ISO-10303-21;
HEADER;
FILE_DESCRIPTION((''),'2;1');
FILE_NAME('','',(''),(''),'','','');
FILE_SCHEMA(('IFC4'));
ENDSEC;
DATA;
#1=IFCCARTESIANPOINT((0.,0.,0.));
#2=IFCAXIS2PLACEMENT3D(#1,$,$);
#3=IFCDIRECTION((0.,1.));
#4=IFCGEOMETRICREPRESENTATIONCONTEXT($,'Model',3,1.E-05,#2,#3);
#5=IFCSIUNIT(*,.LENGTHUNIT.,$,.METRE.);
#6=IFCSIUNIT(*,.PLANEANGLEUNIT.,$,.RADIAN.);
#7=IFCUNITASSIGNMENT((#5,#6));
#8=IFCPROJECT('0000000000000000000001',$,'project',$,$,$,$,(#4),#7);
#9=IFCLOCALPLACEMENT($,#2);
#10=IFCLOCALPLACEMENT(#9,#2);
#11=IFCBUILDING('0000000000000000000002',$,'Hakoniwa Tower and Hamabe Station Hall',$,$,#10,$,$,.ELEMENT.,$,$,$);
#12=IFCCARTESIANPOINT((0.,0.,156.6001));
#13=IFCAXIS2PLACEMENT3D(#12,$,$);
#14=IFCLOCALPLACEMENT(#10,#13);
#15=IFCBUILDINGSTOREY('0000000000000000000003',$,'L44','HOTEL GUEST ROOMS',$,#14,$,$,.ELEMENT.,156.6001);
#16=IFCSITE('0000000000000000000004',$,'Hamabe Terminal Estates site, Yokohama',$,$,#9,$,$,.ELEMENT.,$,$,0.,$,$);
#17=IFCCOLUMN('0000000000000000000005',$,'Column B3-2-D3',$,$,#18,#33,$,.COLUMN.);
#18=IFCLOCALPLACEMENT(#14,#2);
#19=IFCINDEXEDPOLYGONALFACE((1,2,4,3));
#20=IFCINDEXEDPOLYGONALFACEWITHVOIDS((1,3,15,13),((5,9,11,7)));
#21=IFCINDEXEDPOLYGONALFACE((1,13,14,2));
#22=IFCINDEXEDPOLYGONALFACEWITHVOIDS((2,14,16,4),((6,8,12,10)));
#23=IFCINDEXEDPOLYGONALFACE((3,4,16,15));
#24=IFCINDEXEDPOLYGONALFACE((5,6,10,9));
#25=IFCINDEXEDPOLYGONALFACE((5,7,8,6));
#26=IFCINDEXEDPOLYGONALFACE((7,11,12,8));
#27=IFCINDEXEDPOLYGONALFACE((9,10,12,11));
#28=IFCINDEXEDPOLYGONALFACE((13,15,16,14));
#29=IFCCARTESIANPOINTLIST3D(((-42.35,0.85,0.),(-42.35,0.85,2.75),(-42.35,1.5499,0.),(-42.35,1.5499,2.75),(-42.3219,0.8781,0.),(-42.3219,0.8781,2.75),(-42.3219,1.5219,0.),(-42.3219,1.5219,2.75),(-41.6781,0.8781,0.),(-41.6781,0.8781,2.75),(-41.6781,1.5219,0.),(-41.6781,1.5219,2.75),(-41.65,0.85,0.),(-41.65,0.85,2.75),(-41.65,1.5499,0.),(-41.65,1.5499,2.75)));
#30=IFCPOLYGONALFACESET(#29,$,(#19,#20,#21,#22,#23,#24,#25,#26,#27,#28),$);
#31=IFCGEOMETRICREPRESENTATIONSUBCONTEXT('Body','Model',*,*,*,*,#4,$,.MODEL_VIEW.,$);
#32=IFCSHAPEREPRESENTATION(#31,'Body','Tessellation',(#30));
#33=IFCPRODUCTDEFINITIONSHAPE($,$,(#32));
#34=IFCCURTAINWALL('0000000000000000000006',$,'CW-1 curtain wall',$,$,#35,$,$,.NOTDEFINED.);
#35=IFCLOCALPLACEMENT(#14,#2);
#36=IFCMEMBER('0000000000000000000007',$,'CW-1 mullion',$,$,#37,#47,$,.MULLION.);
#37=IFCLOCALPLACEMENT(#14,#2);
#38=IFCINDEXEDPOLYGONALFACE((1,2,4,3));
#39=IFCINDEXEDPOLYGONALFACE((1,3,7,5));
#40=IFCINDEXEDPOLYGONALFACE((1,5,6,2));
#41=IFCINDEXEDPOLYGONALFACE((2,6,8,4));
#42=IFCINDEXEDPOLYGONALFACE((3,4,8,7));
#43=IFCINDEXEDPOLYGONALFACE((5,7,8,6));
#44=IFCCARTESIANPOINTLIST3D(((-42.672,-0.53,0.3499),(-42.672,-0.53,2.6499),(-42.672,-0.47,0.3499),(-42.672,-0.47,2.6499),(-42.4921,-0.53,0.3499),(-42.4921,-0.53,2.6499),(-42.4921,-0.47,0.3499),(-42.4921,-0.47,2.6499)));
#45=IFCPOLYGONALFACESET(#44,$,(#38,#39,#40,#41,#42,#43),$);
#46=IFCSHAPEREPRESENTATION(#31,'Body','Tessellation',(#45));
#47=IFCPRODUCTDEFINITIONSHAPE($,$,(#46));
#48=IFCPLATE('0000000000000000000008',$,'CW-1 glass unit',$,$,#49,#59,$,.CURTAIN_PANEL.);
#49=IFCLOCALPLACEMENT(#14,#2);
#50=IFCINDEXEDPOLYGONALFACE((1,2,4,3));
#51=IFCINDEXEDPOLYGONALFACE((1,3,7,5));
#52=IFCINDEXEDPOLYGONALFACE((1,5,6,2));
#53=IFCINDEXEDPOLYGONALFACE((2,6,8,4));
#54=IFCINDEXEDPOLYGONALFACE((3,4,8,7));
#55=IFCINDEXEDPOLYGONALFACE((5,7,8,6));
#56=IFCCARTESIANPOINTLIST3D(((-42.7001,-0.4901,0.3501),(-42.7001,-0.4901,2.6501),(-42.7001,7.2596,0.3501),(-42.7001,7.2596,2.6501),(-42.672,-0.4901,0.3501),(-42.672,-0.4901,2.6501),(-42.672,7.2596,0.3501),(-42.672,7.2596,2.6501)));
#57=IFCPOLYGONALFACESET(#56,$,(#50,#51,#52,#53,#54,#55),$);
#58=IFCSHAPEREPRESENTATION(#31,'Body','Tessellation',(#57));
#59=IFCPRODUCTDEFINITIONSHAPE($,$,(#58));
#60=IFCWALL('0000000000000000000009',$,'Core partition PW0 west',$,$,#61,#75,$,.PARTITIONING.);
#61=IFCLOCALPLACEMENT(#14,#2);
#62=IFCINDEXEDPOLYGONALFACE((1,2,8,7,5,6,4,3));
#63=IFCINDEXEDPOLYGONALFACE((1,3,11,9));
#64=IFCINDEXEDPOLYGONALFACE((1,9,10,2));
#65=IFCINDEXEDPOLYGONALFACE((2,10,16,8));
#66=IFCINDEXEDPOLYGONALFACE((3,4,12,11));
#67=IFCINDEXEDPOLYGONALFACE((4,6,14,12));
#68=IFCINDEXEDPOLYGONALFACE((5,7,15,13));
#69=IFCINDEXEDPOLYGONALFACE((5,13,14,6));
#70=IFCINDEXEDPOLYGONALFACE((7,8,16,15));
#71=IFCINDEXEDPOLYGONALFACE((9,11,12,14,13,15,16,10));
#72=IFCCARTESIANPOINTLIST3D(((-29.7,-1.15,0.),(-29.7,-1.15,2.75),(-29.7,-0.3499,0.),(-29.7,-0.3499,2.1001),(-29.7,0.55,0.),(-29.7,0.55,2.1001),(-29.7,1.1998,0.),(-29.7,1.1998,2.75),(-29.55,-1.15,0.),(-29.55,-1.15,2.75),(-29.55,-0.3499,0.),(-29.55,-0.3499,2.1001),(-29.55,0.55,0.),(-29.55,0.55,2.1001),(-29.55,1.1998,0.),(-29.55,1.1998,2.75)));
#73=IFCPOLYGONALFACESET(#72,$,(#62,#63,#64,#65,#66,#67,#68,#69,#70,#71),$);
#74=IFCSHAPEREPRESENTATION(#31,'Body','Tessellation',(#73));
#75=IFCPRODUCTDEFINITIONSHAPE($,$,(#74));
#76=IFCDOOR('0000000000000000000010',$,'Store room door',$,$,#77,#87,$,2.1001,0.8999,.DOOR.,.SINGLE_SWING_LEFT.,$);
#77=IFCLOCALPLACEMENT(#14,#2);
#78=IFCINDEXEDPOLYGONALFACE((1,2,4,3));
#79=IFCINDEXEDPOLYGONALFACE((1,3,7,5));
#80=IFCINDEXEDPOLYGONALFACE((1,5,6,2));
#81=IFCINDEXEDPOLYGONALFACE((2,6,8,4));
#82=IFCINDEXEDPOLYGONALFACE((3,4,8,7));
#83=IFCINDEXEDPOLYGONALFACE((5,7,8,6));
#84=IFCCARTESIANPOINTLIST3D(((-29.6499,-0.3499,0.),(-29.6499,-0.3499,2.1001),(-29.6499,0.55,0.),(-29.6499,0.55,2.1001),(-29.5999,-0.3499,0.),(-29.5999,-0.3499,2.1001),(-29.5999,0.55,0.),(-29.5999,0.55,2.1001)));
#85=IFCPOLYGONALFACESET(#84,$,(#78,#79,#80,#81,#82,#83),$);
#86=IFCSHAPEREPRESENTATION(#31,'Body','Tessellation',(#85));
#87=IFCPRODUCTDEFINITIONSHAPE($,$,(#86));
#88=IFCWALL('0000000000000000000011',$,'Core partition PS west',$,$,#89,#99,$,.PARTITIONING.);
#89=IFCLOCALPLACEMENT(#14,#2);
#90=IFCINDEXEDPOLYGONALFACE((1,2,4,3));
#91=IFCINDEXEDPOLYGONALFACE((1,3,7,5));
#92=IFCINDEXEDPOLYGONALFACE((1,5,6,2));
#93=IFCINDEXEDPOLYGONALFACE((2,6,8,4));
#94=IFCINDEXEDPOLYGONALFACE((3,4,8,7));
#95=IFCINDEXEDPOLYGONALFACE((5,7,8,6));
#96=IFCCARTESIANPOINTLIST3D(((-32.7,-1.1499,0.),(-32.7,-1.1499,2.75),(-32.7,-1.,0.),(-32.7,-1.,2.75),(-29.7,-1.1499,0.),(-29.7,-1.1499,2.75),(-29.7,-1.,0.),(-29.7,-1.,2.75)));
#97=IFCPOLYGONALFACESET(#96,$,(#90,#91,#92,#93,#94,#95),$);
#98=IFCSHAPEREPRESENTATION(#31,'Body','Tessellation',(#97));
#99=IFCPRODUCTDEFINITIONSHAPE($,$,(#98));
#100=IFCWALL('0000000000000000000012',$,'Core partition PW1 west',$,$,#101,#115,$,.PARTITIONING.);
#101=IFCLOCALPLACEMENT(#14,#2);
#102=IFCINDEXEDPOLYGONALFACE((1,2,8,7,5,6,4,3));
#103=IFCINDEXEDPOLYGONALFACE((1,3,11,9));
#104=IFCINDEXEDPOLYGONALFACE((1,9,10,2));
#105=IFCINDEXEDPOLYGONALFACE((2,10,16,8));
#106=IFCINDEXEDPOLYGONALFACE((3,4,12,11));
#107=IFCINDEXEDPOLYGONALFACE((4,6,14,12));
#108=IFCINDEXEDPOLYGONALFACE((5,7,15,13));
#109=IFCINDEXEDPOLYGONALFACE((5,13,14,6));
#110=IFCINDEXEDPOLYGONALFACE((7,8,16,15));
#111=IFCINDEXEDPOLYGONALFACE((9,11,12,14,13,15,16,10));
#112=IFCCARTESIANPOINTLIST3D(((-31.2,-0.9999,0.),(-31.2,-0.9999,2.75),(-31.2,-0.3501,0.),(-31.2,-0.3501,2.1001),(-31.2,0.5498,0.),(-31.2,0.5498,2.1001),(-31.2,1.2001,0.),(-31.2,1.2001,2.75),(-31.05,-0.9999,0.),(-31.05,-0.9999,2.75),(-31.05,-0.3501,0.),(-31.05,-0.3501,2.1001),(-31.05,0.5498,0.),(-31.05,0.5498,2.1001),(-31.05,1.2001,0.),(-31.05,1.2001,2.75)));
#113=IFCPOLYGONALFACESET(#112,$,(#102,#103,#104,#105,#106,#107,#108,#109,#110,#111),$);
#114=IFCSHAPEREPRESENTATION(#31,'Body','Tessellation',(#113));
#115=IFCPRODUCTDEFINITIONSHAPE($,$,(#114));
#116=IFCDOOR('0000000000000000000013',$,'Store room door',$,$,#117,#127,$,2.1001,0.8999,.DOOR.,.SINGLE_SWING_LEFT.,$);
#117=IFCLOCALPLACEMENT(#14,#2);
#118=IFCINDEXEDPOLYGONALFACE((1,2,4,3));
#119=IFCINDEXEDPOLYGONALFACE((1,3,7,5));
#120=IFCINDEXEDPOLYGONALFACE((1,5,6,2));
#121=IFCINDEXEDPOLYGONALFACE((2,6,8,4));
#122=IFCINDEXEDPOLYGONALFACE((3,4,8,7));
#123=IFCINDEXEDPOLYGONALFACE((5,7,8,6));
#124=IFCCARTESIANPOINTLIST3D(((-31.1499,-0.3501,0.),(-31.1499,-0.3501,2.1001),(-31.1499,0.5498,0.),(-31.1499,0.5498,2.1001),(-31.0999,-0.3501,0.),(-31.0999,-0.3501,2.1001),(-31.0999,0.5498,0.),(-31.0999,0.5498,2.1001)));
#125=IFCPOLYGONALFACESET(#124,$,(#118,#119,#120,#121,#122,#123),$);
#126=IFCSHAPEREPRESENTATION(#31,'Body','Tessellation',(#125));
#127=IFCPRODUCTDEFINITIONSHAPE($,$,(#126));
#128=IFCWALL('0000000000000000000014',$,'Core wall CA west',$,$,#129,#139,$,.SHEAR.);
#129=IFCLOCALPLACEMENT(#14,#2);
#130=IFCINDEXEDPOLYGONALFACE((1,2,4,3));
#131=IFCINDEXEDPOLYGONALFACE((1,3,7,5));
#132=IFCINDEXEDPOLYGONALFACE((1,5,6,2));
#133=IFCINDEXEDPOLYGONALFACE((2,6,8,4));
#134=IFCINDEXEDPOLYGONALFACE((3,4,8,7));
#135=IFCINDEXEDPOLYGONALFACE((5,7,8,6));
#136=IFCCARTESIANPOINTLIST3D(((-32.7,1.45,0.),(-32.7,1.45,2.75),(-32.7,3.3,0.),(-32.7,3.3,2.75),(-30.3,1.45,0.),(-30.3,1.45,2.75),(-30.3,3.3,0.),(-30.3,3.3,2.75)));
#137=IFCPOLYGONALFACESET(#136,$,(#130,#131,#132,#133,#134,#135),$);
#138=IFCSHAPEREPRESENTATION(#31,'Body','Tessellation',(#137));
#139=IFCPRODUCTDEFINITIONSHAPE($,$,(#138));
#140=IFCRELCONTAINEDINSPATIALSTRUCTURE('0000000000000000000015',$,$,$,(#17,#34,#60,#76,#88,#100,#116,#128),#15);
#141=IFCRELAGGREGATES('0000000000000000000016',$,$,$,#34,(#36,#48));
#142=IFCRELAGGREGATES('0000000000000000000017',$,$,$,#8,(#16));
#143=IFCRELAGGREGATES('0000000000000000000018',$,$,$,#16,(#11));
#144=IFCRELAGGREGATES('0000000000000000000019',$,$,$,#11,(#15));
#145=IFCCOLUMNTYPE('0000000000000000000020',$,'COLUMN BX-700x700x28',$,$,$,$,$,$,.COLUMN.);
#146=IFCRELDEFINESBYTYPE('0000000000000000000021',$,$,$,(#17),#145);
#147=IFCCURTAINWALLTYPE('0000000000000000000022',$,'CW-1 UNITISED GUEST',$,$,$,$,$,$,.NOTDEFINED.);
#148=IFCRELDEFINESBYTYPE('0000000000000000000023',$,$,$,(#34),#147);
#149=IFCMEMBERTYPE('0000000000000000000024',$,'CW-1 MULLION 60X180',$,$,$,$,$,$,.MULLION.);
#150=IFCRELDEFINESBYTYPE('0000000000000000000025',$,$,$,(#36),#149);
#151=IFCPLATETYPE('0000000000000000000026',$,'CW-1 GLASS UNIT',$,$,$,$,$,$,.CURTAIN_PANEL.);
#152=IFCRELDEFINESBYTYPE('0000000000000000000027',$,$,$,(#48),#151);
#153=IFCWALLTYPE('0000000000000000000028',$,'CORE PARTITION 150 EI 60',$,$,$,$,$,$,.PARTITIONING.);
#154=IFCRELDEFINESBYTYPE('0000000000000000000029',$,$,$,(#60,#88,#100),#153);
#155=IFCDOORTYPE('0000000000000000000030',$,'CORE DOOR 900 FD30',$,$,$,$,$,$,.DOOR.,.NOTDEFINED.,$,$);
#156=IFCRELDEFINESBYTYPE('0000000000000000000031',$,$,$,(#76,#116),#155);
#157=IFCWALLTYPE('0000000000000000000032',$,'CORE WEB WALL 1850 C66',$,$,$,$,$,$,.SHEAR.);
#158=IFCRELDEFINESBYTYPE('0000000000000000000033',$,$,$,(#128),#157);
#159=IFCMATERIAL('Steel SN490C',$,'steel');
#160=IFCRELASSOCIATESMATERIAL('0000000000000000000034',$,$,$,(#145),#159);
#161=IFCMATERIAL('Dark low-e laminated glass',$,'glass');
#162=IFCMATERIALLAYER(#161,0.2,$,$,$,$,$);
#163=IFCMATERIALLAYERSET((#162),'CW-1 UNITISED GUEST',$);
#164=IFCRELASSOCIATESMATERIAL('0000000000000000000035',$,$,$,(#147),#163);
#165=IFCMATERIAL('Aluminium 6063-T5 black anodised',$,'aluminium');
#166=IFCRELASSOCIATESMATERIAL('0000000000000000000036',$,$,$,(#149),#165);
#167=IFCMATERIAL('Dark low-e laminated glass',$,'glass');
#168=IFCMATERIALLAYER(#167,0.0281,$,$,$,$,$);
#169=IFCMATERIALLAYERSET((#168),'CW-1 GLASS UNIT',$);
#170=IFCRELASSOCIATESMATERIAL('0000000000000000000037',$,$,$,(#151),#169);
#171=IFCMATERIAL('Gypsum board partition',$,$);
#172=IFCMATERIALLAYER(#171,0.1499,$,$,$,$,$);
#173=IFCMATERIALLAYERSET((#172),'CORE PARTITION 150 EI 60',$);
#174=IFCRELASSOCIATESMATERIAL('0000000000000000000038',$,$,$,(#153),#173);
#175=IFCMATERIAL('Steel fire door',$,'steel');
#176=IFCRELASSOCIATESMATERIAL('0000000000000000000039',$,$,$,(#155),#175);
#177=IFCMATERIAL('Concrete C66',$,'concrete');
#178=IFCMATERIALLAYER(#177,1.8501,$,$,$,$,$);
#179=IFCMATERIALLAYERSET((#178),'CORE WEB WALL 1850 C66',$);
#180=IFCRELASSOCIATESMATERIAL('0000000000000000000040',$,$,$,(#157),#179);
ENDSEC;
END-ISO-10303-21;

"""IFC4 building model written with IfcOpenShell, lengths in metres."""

from ifc_helpers import new_model, si_unit, direction, frame, frame_2d, origin, origin_2d, place, context, subcontext, project, spatial, rectangle, hollow_rectangle, extrude, material, layer, layer_set, material_profile, profile_set, type_object, element, fill, aggregate, save


model = new_model("IFC4")

# Units and contexts
model_context = context("Model", 3, precision=1e-05, world=origin(), true_north=direction((0.0, 1.0)))
body_context = subcontext(model_context, "Body", "Model", "MODEL_VIEW")
ifc_project = project(units=[si_unit("LENGTHUNIT", "METRE"), si_unit("PLANEANGLEUNIT", "RADIAN")], contexts=[model_context])

# Site, building, storey
site_placement = place(None, origin())
site = spatial("IfcSite", under=ifc_project, at=site_placement, Name="Hamabe Terminal Estates site, Yokohama", CompositionType="ELEMENT", RefElevation=0.0)
building_placement = place(site_placement, origin())
building = spatial("IfcBuilding", under=site, at=building_placement, Name="Hakoniwa Tower and Hamabe Station Hall", CompositionType="ELEMENT")
storey_placement = place(building_placement, frame((0.0, 0.0, 156.6001)))
storey = spatial("IfcBuildingStorey", under=building, at=storey_placement, Name="L44", Description="HOTEL GUEST ROOMS", CompositionType="ELEMENT", Elevation=156.6001)

# Column
ifc_material_1 = material(Name="Steel SN490C", Category="steel")
ifc_material_profile_1 = material_profile(ifc_material_1, hollow_rectangle(XDim=0.7, YDim=0.7, WallThickness=0.0281, at=origin_2d()), Name="BX-700x700x28")
ifc_profile_set_1 = profile_set([ifc_material_profile_1], Name="Steel SN490C")
column_type = type_object("IfcColumnType", Name="COLUMN BX-700x700x28", PredefinedType="COLUMN", material=ifc_profile_set_1)
column_placement = place(storey_placement, frame((-42.0, 1.2, 0.0), z_axis=(0.0, 0.0, 1.0), x_axis=(1.0, 0.0, 0.0)))
element("IfcColumn", 1, at=column_placement, inside=storey, type_object=column_type, Name="Column B3-2-D3", PredefinedType="COLUMN", context=body_context, shape_type="SweptSolid", body=[
    extrude(hollow_rectangle(XDim=0.7, YDim=0.7, WallThickness=0.0281, at=origin_2d()), origin(), (0.0, 0.0, 1.0), 2.75),
])

# Curtain wall, member, plate
ifc_material_2 = material(Name="Dark low-e laminated glass", Category="glass")
ifc_layer_1 = layer(ifc_material_2, 0.2)
ifc_layer_set_1 = layer_set([ifc_layer_1], Name="CW-1 UNITISED GUEST")
curtain_wall_type = type_object("IfcCurtainWallType", Name="CW-1 UNITISED GUEST", PredefinedType="NOTDEFINED", material=ifc_layer_set_1)
curtain_wall_placement = place(storey_placement, origin())
curtain_wall = element("IfcCurtainWall", 2, at=curtain_wall_placement, inside=storey, type_object=curtain_wall_type, Name="CW-1 curtain wall", PredefinedType="NOTDEFINED")
ifc_material_3 = material(Name="Aluminium 6063-T5 black anodised", Category="aluminium")
ifc_material_profile_2 = material_profile(ifc_material_3, rectangle(XDim=0.0601, YDim=0.1799, at=origin_2d()), Name="CW-1 MULLION 60X180")
ifc_profile_set_2 = profile_set([ifc_material_profile_2], Name="Aluminium 6063-T5 black anodised")
member_type = type_object("IfcMemberType", Name="CW-1 MULLION 60X180", PredefinedType="MULLION", material=ifc_profile_set_2)
member_placement = place(storey_placement, frame((-42.582, -0.5, 0.3499), z_axis=(0.0, 0.0, 1.0), x_axis=(0.0, -1.0, 0.0)))
member = element("IfcMember", 3, at=member_placement, type_object=member_type, Name="CW-1 mullion", PredefinedType="MULLION", context=body_context, shape_type="SweptSolid", body=[
    extrude(rectangle(XDim=0.0601, YDim=0.1799, at=origin_2d()), origin(), (0.0, 0.0, 1.0), 2.3),
])
ifc_material_4 = material(Name="Dark low-e laminated glass", Category="glass")
ifc_layer_2 = layer(ifc_material_4, 0.0281)
ifc_layer_set_2 = layer_set([ifc_layer_2], Name="CW-1 GLASS UNIT")
plate_type = type_object("IfcPlateType", Name="CW-1 GLASS UNIT", PredefinedType="CURTAIN_PANEL", material=ifc_layer_set_2)
plate_placement = place(storey_placement, frame((-42.686, 3.3848, 0.3501), z_axis=(0.0, 0.0, 1.0), x_axis=(0.0, -1.0, 0.0)))
plate = element("IfcPlate", 4, at=plate_placement, type_object=plate_type, Name="CW-1 glass unit", PredefinedType="CURTAIN_PANEL", context=body_context, shape_type="SweptSolid", body=[
    extrude(rectangle(XDim=7.7498, YDim=0.0281, at=origin_2d()), origin(), (0.0, 0.0, 1.0), 2.3),
])
aggregate(curtain_wall, [member, plate])

# Wall, opening, door
ifc_material_5 = material(Name="Gypsum board partition")
ifc_layer_3 = layer(ifc_material_5, 0.1499)
ifc_layer_set_3 = layer_set([ifc_layer_3], Name="CORE PARTITION 150 EI 60")
wall_type_1 = type_object("IfcWallType", Name="CORE PARTITION 150 EI 60", PredefinedType="PARTITIONING", material=ifc_layer_set_3)
wall_1_placement = place(storey_placement, frame((-29.625, -1.1499, 0.0), z_axis=(0.0, 0.0, 1.0), x_axis=(0.0, 1.0, 0.0)))
wall_1 = element("IfcWall", 5, at=wall_1_placement, inside=storey, type_object=wall_type_1, Name="Core partition PW0 west", PredefinedType="PARTITIONING", context=body_context, shape_type="SweptSolid", body=[
    extrude(rectangle(XDim=2.3499, YDim=0.1499, at=frame_2d((1.1748, 0.0))), origin(), (0.0, 0.0, 1.0), 2.75),
])
opening_1_placement = place(wall_1_placement, frame((0.8, 0.0, 0.0)))
opening_1 = element("IfcOpeningElement", 6, at=opening_1_placement, cuts=wall_1, PredefinedType="OPENING", context=body_context, shape_type="SweptSolid", body=[
    extrude(rectangle(XDim=0.8999, YDim=2.1001, at=frame_2d((0.45, 1.05))), frame((0.0, 0.085, 0.0), z_axis=(0.0, -1.0, 0.0), x_axis=(1.0, 0.0, 0.0)), (0.0, 0.0, 1.0), 0.1699),
])
ifc_material_6 = material(Name="Steel fire door", Category="steel")
door_type_1 = type_object("IfcDoorType", Name="CORE DOOR 900 FD30", OperationType="NOTDEFINED", PredefinedType="DOOR", material=ifc_material_6)
door_1_placement = place(opening_1_placement, origin())
door_1 = element("IfcDoor", 7, at=door_1_placement, inside=storey, type_object=door_type_1, Name="Store room door", OperationType="SINGLE_SWING_LEFT", OverallHeight=2.1001, OverallWidth=0.8999, PredefinedType="DOOR", context=body_context, shape_type="SweptSolid", body=[
    extrude(rectangle(XDim=0.8999, YDim=2.1001, at=frame_2d((0.45, 1.05))), frame((0.0, 0.0249, 0.0), z_axis=(0.0, -1.0, 0.0), x_axis=(1.0, 0.0, 0.0)), (0.0, 0.0, 1.0), 0.05),
])
fill(opening_1, door_1)

# Wall
wall_2_placement = place(storey_placement, frame((-32.7, -1.075, 0.0), z_axis=(0.0, 0.0, 1.0), x_axis=(1.0, 0.0, 0.0)))
element("IfcWall", 8, at=wall_2_placement, inside=storey, type_object=wall_type_1, Name="Core partition PS west", PredefinedType="PARTITIONING", context=body_context, shape_type="SweptSolid", body=[
    extrude(rectangle(XDim=3.0, YDim=0.1499, at=frame_2d((1.5, 0.0))), origin(), (0.0, 0.0, 1.0), 2.75),
])

# Wall, opening, door
wall_3_placement = place(storey_placement, frame((-31.125, -1.0, 0.0), z_axis=(0.0, 0.0, 1.0), x_axis=(0.0, 1.0, 0.0)))
wall_3 = element("IfcWall", 9, at=wall_3_placement, inside=storey, type_object=wall_type_1, Name="Core partition PW1 west", PredefinedType="PARTITIONING", context=body_context, shape_type="SweptSolid", body=[
    extrude(rectangle(XDim=2.2, YDim=0.1499, at=frame_2d((1.1001, 0.0))), origin(), (0.0, 0.0, 1.0), 2.75),
])
opening_2_placement = place(wall_3_placement, frame((0.6499, 0.0, 0.0)))
opening_2 = element("IfcOpeningElement", 10, at=opening_2_placement, cuts=wall_3, PredefinedType="OPENING", context=body_context, shape_type="SweptSolid", body=[
    extrude(rectangle(XDim=0.8999, YDim=2.1001, at=frame_2d((0.45, 1.05))), frame((0.0, 0.085, 0.0), z_axis=(0.0, -1.0, 0.0), x_axis=(1.0, 0.0, 0.0)), (0.0, 0.0, 1.0), 0.1699),
])
door_2_placement = place(opening_2_placement, origin())
door_2 = element("IfcDoor", 11, at=door_2_placement, inside=storey, type_object=door_type_1, Name="Store room door", OperationType="SINGLE_SWING_LEFT", OverallHeight=2.1001, OverallWidth=0.8999, PredefinedType="DOOR", context=body_context, shape_type="SweptSolid", body=[
    extrude(rectangle(XDim=0.8999, YDim=2.1001, at=frame_2d((0.45, 1.05))), frame((0.0, 0.0249, 0.0), z_axis=(0.0, -1.0, 0.0), x_axis=(1.0, 0.0, 0.0)), (0.0, 0.0, 1.0), 0.05),
])
fill(opening_2, door_2)

# Wall
ifc_material_7 = material(Name="Concrete C66", Category="concrete")
ifc_layer_4 = layer(ifc_material_7, 1.8501)
ifc_layer_set_4 = layer_set([ifc_layer_4], Name="CORE WEB WALL 1850 C66")
wall_type_2 = type_object("IfcWallType", Name="CORE WEB WALL 1850 C66", PredefinedType="SHEAR", material=ifc_layer_set_4)
wall_4_placement = place(storey_placement, frame((-32.7, 2.375, 0.0), z_axis=(0.0, 0.0, 1.0), x_axis=(1.0, 0.0, 0.0)))
element("IfcWall", 12, at=wall_4_placement, inside=storey, type_object=wall_type_2, Name="Core wall CA west", PredefinedType="SHEAR", context=body_context, shape_type="SweptSolid", body=[
    extrude(rectangle(XDim=2.3999, YDim=1.8501, at=frame_2d((1.2, 0.0))), origin(), (0.0, 0.0, 1.0), 2.75),
])

save(model, "model.ifc")
